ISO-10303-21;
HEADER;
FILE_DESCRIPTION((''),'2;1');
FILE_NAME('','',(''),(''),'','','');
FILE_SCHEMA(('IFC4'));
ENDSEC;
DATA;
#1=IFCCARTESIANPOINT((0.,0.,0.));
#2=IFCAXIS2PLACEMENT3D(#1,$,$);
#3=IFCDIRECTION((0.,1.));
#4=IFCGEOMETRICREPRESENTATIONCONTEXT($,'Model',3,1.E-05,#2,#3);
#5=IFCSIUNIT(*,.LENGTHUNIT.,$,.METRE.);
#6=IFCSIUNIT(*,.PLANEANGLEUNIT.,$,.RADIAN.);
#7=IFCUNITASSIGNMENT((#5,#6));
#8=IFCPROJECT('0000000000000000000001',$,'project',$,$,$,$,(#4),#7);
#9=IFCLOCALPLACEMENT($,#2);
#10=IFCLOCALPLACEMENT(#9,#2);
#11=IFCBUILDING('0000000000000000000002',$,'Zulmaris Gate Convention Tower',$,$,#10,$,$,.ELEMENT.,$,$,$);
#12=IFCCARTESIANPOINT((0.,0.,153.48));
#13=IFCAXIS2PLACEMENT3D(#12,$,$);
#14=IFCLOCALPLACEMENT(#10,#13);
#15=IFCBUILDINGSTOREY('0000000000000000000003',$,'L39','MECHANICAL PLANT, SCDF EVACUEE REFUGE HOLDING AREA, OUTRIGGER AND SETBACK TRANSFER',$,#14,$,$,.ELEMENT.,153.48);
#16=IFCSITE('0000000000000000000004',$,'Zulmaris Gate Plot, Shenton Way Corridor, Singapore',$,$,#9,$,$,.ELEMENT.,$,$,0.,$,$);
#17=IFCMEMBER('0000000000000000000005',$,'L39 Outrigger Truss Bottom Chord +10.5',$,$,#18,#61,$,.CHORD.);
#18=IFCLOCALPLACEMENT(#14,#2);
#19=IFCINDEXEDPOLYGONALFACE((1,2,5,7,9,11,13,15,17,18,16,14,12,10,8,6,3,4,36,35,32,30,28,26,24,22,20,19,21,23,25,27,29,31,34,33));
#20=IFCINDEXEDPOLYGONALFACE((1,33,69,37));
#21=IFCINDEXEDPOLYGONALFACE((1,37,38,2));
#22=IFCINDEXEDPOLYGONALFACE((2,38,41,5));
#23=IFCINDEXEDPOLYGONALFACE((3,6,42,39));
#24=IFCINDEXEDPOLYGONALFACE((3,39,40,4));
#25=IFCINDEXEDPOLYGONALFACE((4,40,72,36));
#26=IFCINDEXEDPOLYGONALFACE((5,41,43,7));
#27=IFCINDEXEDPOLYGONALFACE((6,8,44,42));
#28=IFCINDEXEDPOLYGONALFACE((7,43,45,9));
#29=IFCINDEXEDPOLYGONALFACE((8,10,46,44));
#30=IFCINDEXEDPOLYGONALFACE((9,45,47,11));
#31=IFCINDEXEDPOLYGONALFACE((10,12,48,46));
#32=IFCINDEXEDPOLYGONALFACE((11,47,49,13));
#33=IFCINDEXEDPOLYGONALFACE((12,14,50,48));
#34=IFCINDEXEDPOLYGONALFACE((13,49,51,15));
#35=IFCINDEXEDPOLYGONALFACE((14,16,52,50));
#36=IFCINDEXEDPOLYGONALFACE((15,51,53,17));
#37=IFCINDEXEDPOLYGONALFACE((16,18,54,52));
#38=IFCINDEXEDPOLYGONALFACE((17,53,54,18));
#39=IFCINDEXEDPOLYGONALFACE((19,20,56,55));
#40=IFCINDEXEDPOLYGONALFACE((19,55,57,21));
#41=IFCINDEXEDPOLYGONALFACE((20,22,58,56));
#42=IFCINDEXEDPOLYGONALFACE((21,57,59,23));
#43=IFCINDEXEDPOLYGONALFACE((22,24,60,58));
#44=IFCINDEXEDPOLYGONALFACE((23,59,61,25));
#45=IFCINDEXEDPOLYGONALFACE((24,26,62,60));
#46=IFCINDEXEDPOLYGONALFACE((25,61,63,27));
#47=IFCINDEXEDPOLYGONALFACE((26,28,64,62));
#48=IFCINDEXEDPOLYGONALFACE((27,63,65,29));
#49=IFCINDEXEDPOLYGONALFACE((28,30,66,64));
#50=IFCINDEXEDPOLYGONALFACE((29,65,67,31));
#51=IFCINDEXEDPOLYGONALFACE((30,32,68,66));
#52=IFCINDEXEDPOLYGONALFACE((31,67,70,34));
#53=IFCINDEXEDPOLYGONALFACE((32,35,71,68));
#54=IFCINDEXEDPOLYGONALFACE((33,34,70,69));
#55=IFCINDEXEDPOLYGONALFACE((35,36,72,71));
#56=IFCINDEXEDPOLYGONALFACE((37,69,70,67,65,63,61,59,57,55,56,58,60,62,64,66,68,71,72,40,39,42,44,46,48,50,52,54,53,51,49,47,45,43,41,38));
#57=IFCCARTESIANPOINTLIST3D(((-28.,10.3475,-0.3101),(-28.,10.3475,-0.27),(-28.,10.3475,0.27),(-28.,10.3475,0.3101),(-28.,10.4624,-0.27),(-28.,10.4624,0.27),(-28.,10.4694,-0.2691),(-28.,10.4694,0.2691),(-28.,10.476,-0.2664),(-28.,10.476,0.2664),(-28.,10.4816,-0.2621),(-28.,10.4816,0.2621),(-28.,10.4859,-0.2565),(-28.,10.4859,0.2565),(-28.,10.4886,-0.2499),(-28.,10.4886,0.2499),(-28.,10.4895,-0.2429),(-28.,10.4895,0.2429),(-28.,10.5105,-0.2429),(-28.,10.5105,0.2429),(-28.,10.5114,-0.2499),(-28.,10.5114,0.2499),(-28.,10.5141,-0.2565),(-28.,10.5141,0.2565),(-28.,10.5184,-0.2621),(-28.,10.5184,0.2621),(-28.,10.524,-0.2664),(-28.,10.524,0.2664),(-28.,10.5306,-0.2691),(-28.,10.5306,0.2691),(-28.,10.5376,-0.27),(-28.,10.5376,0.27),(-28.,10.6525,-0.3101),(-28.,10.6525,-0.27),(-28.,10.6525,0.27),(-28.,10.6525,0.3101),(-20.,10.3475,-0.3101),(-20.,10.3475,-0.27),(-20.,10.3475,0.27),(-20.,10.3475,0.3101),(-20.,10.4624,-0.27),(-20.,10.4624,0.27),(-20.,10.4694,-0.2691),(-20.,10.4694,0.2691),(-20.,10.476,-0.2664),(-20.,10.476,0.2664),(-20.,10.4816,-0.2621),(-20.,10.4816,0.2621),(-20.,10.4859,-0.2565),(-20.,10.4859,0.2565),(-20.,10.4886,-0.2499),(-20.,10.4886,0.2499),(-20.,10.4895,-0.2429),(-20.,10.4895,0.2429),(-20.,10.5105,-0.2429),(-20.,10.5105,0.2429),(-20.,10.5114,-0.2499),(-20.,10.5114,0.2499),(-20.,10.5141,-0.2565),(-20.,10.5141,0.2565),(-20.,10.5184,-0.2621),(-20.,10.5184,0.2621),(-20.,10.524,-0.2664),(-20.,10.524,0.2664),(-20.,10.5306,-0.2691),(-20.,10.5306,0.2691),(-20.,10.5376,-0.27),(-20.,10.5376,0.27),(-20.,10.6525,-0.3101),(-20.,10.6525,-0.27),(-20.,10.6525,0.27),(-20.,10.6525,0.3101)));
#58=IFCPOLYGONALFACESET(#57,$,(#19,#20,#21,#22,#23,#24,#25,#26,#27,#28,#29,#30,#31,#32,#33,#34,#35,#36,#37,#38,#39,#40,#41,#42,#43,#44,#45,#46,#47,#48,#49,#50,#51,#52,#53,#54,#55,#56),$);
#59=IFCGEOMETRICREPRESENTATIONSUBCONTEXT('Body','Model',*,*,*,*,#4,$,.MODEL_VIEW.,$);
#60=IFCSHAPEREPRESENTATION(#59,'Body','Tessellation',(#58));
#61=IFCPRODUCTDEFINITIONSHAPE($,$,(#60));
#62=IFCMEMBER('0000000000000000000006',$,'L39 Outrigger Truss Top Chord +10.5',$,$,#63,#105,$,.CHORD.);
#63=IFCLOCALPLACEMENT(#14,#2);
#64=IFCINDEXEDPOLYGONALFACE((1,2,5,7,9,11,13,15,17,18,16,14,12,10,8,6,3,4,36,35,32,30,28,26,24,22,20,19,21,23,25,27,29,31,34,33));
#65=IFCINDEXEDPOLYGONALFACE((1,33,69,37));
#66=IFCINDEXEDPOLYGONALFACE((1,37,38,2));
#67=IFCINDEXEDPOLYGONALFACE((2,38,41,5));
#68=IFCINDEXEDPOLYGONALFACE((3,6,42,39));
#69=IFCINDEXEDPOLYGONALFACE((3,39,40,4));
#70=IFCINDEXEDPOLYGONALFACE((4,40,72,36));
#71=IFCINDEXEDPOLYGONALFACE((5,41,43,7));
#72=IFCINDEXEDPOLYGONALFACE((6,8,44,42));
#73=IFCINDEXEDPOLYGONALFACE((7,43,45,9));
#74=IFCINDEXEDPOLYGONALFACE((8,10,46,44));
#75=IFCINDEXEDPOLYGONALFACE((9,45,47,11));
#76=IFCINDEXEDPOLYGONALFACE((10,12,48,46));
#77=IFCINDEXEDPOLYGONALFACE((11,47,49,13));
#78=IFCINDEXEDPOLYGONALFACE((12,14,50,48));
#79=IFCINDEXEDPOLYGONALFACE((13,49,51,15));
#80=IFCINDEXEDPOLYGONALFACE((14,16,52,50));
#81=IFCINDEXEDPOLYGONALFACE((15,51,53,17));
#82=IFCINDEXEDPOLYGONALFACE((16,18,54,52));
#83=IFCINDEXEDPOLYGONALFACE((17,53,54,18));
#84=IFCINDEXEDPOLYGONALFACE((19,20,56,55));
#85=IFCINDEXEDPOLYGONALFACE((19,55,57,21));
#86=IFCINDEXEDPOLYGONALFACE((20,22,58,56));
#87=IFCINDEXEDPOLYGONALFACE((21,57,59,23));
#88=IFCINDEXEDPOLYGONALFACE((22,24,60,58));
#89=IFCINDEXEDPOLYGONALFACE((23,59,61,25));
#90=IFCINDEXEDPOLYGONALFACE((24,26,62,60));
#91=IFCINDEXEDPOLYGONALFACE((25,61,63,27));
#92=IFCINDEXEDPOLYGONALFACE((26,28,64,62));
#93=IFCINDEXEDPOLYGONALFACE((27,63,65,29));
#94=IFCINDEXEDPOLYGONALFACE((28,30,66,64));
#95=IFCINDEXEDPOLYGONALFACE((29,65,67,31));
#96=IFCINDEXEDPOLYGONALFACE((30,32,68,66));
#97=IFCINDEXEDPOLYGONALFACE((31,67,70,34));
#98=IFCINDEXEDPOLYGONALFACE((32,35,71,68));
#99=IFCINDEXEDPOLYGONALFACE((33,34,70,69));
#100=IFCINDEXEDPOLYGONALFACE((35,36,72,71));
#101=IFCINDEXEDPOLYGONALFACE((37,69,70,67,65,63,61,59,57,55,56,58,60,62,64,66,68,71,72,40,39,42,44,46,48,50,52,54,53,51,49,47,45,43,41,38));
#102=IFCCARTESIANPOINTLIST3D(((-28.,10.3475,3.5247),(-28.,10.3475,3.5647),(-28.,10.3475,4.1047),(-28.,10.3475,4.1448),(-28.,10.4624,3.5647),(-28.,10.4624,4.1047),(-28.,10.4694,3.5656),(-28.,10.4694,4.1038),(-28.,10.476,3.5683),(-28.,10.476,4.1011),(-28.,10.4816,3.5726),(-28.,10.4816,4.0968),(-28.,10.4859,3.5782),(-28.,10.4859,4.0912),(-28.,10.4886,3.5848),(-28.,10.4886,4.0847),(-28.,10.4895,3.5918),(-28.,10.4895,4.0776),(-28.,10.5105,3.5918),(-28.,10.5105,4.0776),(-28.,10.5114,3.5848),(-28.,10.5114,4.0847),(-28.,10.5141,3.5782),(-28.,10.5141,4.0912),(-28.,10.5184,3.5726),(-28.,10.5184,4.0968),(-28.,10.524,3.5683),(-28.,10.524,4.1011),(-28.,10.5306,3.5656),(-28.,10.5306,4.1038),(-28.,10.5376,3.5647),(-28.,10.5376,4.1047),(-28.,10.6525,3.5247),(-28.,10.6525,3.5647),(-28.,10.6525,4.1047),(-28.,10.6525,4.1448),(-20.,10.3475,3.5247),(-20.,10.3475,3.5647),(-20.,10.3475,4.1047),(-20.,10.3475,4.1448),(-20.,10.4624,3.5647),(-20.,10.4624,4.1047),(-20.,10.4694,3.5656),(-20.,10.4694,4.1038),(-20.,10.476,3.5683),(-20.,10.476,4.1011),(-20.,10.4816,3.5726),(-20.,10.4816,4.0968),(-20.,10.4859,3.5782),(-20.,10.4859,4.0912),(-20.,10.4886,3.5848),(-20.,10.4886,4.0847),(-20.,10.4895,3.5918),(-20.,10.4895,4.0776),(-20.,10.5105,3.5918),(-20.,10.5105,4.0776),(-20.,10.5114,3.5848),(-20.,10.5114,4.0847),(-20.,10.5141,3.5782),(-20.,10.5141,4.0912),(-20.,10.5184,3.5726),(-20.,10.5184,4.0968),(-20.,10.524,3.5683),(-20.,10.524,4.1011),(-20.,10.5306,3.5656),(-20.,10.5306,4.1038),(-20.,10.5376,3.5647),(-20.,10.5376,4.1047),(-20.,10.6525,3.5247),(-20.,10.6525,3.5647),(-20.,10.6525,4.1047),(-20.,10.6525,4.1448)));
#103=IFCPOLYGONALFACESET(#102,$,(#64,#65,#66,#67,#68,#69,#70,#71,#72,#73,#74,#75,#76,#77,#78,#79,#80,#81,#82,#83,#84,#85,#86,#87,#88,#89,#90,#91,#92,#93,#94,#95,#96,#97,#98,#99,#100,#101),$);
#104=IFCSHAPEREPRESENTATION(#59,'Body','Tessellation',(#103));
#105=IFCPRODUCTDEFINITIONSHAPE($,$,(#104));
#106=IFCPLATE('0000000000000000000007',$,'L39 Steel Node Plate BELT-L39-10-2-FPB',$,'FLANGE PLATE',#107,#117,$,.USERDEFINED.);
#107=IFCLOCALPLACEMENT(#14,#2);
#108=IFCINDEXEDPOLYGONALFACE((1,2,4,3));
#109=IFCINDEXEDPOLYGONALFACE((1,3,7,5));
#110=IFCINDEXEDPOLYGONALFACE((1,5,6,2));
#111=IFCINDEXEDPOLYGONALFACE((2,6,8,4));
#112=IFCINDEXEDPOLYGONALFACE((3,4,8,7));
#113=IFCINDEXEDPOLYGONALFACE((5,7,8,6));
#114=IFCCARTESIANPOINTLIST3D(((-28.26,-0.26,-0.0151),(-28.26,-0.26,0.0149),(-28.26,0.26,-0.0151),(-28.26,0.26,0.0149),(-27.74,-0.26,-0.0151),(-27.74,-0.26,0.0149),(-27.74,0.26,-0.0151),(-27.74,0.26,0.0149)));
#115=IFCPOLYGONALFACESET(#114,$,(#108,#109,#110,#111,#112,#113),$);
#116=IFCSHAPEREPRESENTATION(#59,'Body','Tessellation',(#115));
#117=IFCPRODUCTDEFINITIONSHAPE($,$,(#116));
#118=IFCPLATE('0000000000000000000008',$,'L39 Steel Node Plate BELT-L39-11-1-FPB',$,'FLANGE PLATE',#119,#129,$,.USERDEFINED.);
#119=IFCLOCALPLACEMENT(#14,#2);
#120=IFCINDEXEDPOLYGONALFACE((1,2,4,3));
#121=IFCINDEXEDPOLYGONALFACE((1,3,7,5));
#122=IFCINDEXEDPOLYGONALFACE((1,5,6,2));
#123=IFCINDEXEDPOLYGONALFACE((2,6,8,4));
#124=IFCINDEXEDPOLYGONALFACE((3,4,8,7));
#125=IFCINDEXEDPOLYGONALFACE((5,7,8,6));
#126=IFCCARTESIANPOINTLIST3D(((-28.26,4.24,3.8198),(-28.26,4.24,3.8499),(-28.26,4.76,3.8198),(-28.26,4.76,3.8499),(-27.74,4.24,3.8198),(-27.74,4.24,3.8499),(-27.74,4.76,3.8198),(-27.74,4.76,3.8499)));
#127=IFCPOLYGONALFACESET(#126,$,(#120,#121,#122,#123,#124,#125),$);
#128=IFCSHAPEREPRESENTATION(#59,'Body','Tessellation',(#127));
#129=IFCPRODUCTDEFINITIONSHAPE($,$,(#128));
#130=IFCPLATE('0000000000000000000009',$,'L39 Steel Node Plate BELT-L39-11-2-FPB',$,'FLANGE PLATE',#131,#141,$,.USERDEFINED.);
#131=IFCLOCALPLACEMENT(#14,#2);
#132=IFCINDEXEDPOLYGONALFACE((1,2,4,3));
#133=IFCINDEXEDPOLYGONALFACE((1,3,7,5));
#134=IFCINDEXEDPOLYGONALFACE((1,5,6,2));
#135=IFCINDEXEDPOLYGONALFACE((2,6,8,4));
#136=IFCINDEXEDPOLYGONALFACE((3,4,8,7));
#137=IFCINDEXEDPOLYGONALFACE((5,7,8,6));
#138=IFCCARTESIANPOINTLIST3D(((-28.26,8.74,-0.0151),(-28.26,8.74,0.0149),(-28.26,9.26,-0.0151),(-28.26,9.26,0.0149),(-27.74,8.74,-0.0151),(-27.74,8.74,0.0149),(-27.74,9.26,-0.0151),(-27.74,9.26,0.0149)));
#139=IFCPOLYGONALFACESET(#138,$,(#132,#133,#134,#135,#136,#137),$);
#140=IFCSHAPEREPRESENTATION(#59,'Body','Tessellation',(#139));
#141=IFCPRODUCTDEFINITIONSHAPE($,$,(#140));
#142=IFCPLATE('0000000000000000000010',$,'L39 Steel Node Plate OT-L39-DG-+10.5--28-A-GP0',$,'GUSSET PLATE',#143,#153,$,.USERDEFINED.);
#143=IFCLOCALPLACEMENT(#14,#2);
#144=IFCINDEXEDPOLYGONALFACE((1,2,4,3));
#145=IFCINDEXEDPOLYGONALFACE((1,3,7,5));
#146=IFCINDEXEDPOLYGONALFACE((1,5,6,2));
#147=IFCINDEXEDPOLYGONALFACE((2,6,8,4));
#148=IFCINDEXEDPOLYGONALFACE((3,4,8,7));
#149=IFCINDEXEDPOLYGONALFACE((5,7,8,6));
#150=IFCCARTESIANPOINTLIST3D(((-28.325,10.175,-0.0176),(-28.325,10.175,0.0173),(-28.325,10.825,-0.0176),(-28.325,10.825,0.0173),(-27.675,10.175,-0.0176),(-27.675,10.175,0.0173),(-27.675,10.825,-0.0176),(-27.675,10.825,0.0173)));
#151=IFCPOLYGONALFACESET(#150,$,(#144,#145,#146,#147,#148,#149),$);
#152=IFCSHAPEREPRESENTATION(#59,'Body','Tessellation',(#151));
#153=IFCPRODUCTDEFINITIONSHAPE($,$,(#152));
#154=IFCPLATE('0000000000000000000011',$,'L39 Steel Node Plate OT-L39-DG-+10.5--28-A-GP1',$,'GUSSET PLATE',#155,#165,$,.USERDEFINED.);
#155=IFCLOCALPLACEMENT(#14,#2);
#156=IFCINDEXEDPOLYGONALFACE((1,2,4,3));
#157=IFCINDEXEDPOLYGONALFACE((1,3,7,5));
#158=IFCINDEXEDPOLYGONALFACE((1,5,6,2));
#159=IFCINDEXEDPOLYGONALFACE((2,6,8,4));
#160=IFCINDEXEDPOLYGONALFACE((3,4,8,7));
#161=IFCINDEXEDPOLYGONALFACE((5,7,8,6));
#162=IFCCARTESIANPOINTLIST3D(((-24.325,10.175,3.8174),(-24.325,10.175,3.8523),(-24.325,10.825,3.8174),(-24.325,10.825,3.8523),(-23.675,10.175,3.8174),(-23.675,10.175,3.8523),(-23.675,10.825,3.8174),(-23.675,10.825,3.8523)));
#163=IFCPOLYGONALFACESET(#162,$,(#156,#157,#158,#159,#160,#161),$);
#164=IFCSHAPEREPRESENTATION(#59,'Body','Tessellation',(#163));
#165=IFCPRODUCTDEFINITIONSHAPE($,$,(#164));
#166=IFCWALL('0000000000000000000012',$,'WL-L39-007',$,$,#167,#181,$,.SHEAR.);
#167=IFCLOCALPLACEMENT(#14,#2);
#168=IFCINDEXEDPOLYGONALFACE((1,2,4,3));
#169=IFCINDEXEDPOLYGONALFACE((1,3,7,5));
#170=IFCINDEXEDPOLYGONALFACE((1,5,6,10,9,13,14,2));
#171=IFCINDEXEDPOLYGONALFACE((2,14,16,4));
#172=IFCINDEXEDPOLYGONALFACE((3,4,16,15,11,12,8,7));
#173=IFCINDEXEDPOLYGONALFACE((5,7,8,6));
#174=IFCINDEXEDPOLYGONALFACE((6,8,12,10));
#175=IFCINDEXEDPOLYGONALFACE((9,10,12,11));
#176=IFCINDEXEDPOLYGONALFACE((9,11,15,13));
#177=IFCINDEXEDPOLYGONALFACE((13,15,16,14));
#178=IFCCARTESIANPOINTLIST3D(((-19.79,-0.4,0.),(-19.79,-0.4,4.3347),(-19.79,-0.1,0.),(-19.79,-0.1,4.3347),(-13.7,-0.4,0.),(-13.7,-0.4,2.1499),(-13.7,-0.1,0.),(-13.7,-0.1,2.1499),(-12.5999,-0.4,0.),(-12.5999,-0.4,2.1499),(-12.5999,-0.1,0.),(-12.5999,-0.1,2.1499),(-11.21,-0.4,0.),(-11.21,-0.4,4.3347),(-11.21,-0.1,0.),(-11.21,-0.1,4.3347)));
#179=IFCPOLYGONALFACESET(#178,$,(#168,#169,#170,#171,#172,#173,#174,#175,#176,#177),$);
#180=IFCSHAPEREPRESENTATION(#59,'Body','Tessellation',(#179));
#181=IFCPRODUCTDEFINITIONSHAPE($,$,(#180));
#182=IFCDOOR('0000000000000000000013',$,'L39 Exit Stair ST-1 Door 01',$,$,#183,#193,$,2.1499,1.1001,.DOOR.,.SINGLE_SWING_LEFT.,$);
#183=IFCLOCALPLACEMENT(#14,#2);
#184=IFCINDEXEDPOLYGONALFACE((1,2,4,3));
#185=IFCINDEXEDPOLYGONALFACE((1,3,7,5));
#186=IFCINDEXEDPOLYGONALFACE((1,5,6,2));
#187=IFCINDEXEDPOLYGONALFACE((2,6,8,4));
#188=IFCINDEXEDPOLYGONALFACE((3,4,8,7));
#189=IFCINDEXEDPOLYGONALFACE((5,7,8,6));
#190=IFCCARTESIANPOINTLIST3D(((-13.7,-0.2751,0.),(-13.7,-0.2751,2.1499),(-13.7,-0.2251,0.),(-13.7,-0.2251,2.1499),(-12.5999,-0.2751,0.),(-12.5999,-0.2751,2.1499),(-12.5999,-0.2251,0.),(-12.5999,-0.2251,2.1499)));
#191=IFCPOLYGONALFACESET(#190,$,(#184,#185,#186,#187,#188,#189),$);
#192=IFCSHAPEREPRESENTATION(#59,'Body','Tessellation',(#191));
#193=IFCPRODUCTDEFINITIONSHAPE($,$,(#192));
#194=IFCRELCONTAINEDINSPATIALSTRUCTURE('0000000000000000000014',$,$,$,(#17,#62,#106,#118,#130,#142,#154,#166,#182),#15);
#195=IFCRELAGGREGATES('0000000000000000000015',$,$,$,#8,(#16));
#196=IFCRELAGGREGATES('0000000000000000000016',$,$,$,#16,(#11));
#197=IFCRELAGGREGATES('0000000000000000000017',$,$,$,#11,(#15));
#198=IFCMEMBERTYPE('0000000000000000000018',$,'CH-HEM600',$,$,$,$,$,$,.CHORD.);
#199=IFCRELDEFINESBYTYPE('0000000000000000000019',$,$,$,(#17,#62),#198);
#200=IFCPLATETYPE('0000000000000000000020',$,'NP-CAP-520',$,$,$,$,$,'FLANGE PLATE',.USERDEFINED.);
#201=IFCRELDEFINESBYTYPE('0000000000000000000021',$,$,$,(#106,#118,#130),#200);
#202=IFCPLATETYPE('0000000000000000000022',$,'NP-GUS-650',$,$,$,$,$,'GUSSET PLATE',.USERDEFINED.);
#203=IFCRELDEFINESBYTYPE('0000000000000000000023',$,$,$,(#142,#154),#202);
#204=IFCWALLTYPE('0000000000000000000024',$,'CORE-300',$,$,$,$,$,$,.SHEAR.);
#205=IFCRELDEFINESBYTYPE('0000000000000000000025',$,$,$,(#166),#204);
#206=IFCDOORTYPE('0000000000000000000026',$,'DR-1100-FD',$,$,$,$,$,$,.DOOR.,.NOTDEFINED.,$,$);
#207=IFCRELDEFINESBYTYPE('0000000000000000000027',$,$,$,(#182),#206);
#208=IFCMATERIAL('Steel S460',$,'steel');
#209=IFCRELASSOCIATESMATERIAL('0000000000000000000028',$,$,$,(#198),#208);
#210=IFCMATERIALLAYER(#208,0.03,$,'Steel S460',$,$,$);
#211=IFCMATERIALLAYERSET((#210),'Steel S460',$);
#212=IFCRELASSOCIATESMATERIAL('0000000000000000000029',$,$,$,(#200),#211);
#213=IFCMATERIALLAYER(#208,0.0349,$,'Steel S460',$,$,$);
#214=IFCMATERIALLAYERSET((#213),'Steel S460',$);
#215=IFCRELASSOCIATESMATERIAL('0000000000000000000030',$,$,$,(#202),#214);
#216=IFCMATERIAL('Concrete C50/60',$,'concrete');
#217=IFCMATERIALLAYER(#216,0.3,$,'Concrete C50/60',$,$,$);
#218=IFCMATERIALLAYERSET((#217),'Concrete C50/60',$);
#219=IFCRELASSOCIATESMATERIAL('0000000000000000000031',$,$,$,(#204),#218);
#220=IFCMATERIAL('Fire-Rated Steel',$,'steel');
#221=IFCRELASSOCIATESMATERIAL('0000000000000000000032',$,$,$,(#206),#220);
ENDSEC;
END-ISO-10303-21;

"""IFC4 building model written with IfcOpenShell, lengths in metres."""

from ifc_helpers import new_model, si_unit, direction, frame, frame_2d, origin, origin_2d, place, context, subcontext, project, spatial, rectangle, i_section, extrude, material, layer, layer_set, material_profile, profile_set, type_object, element, fill, save


model = new_model("IFC4")

# Units and contexts
model_context = context("Model", 3, precision=1e-05, world=origin(), true_north=direction((0.0, 1.0)))
body_context = subcontext(model_context, "Body", "Model", "MODEL_VIEW")
ifc_project = project(units=[si_unit("LENGTHUNIT", "METRE"), si_unit("PLANEANGLEUNIT", "RADIAN")], contexts=[model_context])

# Site, building, storey
site_placement = place(None, origin())
site = spatial("IfcSite", under=ifc_project, at=site_placement, Name="Zulmaris Gate Plot, Shenton Way Corridor, Singapore", CompositionType="ELEMENT", RefElevation=0.0)
building_placement = place(site_placement, origin())
building = spatial("IfcBuilding", under=site, at=building_placement, Name="Zulmaris Gate Convention Tower", CompositionType="ELEMENT")
storey_placement = place(building_placement, frame((0.0, 0.0, 153.48)))
storey = spatial("IfcBuildingStorey", under=building, at=storey_placement, Name="L39", Description="MECHANICAL PLANT, SCDF EVACUEE REFUGE HOLDING AREA, OUTRIGGER AND SETBACK TRANSFER", CompositionType="ELEMENT", Elevation=153.48)

# Shared definitions
ifc_material_1 = material(Name="Steel S460", Category="steel")

# Members
ifc_material_profile_1 = material_profile(ifc_material_1, i_section(OverallWidth=0.3049, OverallDepth=0.6201, WebThickness=0.021, FlangeThickness=0.04, FilletRadius=0.0271, at=origin_2d()), Name="HEM 600")
ifc_profile_set_1 = profile_set([ifc_material_profile_1], Name="Steel S460")
member_type_1 = type_object("IfcMemberType", Name="CH-HEM600", PredefinedType="CHORD", material=ifc_profile_set_1)
for number, where, z_axis, x_axis, name in (
    (1, (-28.0, 10.5, 0.0), (1.0, 0.0, 0.0), (0.0, 1.0, 0.0), "L39 Outrigger Truss Bottom Chord +10.5"),
    (2, (-28.0, 10.5, 3.8347), (1.0, 0.0, 0.0), (0.0, 1.0, 0.0), "L39 Outrigger Truss Top Chord +10.5"),
):
    element("IfcMember", number, at=place(storey_placement, frame(where, z_axis=z_axis, x_axis=x_axis)), inside=storey, type_object=member_type_1, Name=name, PredefinedType="CHORD", context=body_context, shape_type="SweptSolid", body=[
        extrude(i_section(OverallWidth=0.3049, OverallDepth=0.6201, WebThickness=0.021, FlangeThickness=0.04, FilletRadius=0.0271, at=origin_2d()), origin(), (0.0, 0.0, 1.0), 8.0),
    ])

# Plates
ifc_layer_1 = layer(ifc_material_1, 0.03, Name="Steel S460")
ifc_layer_set_1 = layer_set([ifc_layer_1], Name="Steel S460")
plate_type_1 = type_object("IfcPlateType", Name="NP-CAP-520", ElementType="FLANGE PLATE", PredefinedType="USERDEFINED", material=ifc_layer_set_1)
for number, where, z_axis, x_axis, name in (
    (3, (-28.0, 0.0, -0.0151), (0.0, 0.0, 1.0), (1.0, 0.0, 0.0), "L39 Steel Node Plate BELT-L39-10-2-FPB"),
    (4, (-28.0, 4.5, 3.8198), (0.0, 0.0, 1.0), (1.0, 0.0, 0.0), "L39 Steel Node Plate BELT-L39-11-1-FPB"),
    (5, (-28.0, 9.0, -0.0151), (0.0, 0.0, 1.0), (1.0, 0.0, 0.0), "L39 Steel Node Plate BELT-L39-11-2-FPB"),
):
    element("IfcPlate", number, at=place(storey_placement, frame(where, z_axis=z_axis, x_axis=x_axis)), inside=storey, type_object=plate_type_1, Name=name, ObjectType="FLANGE PLATE", PredefinedType="USERDEFINED", context=body_context, shape_type="SweptSolid", body=[
        extrude(rectangle(XDim=0.52, YDim=0.52, at=origin_2d()), origin(), (0.0, 0.0, 1.0), 0.03),
    ])
ifc_layer_2 = layer(ifc_material_1, 0.0349, Name="Steel S460")
ifc_layer_set_2 = layer_set([ifc_layer_2], Name="Steel S460")
plate_type_2 = type_object("IfcPlateType", Name="NP-GUS-650", ElementType="GUSSET PLATE", PredefinedType="USERDEFINED", material=ifc_layer_set_2)
for number, where, z_axis, x_axis, name in (
    (6, (-28.0, 10.5, -0.0176), (0.0, 0.0, 1.0), (1.0, 0.0, 0.0), "L39 Steel Node Plate OT-L39-DG-+10.5--28-A-GP0"),
    (7, (-24.0, 10.5, 3.8174), (0.0, 0.0, 1.0), (1.0, 0.0, 0.0), "L39 Steel Node Plate OT-L39-DG-+10.5--28-A-GP1"),
):
    element("IfcPlate", number, at=place(storey_placement, frame(where, z_axis=z_axis, x_axis=x_axis)), inside=storey, type_object=plate_type_2, Name=name, ObjectType="GUSSET PLATE", PredefinedType="USERDEFINED", context=body_context, shape_type="SweptSolid", body=[
        extrude(rectangle(XDim=0.6499, YDim=0.6499, at=origin_2d()), origin(), (0.0, 0.0, 1.0), 0.0349),
    ])

# Wall, opening, door
ifc_material_2 = material(Name="Concrete C50/60", Category="concrete")
ifc_layer_3 = layer(ifc_material_2, 0.3, Name="Concrete C50/60")
ifc_layer_set_3 = layer_set([ifc_layer_3], Name="Concrete C50/60")
wall_type_1 = type_object("IfcWallType", Name="CORE-300", PredefinedType="SHEAR", material=ifc_layer_set_3)
wall_1_placement = place(storey_placement, frame((-19.79, -0.25, 0.0), z_axis=(0.0, 0.0, 1.0), x_axis=(1.0, 0.0, 0.0)))
wall_1 = element("IfcWall", 8, at=wall_1_placement, inside=storey, type_object=wall_type_1, Name="WL-L39-007", PredefinedType="SHEAR", context=body_context, shape_type="SweptSolid", body=[
    extrude(rectangle(XDim=8.5801, YDim=0.3, at=frame_2d((4.29, 0.0))), origin(), (0.0, 0.0, 1.0), 4.3347),
])
opening_placement = place(wall_1_placement, frame((6.0901, 0.0, 0.0)))
opening = element("IfcOpeningElement", 9, at=opening_placement, cuts=wall_1, PredefinedType="OPENING", context=body_context, shape_type="SweptSolid", body=[
    extrude(rectangle(XDim=1.1001, YDim=2.1499, at=frame_2d((0.55, 1.075))), frame((0.0, 0.1602, 0.0), z_axis=(0.0, -1.0, 0.0), x_axis=(1.0, 0.0, 0.0)), (0.0, 0.0, 1.0), 0.3201),
])
ifc_material_3 = material(Name="Fire-Rated Steel", Category="steel")
door_type = type_object("IfcDoorType", Name="DR-1100-FD", OperationType="NOTDEFINED", PredefinedType="DOOR", material=ifc_material_3)
door_placement = place(opening_placement, origin())
door = element("IfcDoor", 10, at=door_placement, inside=storey, type_object=door_type, Name="L39 Exit Stair ST-1 Door 01", OperationType="SINGLE_SWING_LEFT", OverallHeight=2.1499, OverallWidth=1.1001, PredefinedType="DOOR", context=body_context, shape_type="SweptSolid", body=[
    extrude(rectangle(XDim=1.1001, YDim=2.1499, at=frame_2d((0.55, 1.075))), frame((0.0, 0.0249, 0.0), z_axis=(0.0, -1.0, 0.0), x_axis=(1.0, 0.0, 0.0)), (0.0, 0.0, 1.0), 0.05),
])
fill(opening, door)

save(model, "model.ifc")
